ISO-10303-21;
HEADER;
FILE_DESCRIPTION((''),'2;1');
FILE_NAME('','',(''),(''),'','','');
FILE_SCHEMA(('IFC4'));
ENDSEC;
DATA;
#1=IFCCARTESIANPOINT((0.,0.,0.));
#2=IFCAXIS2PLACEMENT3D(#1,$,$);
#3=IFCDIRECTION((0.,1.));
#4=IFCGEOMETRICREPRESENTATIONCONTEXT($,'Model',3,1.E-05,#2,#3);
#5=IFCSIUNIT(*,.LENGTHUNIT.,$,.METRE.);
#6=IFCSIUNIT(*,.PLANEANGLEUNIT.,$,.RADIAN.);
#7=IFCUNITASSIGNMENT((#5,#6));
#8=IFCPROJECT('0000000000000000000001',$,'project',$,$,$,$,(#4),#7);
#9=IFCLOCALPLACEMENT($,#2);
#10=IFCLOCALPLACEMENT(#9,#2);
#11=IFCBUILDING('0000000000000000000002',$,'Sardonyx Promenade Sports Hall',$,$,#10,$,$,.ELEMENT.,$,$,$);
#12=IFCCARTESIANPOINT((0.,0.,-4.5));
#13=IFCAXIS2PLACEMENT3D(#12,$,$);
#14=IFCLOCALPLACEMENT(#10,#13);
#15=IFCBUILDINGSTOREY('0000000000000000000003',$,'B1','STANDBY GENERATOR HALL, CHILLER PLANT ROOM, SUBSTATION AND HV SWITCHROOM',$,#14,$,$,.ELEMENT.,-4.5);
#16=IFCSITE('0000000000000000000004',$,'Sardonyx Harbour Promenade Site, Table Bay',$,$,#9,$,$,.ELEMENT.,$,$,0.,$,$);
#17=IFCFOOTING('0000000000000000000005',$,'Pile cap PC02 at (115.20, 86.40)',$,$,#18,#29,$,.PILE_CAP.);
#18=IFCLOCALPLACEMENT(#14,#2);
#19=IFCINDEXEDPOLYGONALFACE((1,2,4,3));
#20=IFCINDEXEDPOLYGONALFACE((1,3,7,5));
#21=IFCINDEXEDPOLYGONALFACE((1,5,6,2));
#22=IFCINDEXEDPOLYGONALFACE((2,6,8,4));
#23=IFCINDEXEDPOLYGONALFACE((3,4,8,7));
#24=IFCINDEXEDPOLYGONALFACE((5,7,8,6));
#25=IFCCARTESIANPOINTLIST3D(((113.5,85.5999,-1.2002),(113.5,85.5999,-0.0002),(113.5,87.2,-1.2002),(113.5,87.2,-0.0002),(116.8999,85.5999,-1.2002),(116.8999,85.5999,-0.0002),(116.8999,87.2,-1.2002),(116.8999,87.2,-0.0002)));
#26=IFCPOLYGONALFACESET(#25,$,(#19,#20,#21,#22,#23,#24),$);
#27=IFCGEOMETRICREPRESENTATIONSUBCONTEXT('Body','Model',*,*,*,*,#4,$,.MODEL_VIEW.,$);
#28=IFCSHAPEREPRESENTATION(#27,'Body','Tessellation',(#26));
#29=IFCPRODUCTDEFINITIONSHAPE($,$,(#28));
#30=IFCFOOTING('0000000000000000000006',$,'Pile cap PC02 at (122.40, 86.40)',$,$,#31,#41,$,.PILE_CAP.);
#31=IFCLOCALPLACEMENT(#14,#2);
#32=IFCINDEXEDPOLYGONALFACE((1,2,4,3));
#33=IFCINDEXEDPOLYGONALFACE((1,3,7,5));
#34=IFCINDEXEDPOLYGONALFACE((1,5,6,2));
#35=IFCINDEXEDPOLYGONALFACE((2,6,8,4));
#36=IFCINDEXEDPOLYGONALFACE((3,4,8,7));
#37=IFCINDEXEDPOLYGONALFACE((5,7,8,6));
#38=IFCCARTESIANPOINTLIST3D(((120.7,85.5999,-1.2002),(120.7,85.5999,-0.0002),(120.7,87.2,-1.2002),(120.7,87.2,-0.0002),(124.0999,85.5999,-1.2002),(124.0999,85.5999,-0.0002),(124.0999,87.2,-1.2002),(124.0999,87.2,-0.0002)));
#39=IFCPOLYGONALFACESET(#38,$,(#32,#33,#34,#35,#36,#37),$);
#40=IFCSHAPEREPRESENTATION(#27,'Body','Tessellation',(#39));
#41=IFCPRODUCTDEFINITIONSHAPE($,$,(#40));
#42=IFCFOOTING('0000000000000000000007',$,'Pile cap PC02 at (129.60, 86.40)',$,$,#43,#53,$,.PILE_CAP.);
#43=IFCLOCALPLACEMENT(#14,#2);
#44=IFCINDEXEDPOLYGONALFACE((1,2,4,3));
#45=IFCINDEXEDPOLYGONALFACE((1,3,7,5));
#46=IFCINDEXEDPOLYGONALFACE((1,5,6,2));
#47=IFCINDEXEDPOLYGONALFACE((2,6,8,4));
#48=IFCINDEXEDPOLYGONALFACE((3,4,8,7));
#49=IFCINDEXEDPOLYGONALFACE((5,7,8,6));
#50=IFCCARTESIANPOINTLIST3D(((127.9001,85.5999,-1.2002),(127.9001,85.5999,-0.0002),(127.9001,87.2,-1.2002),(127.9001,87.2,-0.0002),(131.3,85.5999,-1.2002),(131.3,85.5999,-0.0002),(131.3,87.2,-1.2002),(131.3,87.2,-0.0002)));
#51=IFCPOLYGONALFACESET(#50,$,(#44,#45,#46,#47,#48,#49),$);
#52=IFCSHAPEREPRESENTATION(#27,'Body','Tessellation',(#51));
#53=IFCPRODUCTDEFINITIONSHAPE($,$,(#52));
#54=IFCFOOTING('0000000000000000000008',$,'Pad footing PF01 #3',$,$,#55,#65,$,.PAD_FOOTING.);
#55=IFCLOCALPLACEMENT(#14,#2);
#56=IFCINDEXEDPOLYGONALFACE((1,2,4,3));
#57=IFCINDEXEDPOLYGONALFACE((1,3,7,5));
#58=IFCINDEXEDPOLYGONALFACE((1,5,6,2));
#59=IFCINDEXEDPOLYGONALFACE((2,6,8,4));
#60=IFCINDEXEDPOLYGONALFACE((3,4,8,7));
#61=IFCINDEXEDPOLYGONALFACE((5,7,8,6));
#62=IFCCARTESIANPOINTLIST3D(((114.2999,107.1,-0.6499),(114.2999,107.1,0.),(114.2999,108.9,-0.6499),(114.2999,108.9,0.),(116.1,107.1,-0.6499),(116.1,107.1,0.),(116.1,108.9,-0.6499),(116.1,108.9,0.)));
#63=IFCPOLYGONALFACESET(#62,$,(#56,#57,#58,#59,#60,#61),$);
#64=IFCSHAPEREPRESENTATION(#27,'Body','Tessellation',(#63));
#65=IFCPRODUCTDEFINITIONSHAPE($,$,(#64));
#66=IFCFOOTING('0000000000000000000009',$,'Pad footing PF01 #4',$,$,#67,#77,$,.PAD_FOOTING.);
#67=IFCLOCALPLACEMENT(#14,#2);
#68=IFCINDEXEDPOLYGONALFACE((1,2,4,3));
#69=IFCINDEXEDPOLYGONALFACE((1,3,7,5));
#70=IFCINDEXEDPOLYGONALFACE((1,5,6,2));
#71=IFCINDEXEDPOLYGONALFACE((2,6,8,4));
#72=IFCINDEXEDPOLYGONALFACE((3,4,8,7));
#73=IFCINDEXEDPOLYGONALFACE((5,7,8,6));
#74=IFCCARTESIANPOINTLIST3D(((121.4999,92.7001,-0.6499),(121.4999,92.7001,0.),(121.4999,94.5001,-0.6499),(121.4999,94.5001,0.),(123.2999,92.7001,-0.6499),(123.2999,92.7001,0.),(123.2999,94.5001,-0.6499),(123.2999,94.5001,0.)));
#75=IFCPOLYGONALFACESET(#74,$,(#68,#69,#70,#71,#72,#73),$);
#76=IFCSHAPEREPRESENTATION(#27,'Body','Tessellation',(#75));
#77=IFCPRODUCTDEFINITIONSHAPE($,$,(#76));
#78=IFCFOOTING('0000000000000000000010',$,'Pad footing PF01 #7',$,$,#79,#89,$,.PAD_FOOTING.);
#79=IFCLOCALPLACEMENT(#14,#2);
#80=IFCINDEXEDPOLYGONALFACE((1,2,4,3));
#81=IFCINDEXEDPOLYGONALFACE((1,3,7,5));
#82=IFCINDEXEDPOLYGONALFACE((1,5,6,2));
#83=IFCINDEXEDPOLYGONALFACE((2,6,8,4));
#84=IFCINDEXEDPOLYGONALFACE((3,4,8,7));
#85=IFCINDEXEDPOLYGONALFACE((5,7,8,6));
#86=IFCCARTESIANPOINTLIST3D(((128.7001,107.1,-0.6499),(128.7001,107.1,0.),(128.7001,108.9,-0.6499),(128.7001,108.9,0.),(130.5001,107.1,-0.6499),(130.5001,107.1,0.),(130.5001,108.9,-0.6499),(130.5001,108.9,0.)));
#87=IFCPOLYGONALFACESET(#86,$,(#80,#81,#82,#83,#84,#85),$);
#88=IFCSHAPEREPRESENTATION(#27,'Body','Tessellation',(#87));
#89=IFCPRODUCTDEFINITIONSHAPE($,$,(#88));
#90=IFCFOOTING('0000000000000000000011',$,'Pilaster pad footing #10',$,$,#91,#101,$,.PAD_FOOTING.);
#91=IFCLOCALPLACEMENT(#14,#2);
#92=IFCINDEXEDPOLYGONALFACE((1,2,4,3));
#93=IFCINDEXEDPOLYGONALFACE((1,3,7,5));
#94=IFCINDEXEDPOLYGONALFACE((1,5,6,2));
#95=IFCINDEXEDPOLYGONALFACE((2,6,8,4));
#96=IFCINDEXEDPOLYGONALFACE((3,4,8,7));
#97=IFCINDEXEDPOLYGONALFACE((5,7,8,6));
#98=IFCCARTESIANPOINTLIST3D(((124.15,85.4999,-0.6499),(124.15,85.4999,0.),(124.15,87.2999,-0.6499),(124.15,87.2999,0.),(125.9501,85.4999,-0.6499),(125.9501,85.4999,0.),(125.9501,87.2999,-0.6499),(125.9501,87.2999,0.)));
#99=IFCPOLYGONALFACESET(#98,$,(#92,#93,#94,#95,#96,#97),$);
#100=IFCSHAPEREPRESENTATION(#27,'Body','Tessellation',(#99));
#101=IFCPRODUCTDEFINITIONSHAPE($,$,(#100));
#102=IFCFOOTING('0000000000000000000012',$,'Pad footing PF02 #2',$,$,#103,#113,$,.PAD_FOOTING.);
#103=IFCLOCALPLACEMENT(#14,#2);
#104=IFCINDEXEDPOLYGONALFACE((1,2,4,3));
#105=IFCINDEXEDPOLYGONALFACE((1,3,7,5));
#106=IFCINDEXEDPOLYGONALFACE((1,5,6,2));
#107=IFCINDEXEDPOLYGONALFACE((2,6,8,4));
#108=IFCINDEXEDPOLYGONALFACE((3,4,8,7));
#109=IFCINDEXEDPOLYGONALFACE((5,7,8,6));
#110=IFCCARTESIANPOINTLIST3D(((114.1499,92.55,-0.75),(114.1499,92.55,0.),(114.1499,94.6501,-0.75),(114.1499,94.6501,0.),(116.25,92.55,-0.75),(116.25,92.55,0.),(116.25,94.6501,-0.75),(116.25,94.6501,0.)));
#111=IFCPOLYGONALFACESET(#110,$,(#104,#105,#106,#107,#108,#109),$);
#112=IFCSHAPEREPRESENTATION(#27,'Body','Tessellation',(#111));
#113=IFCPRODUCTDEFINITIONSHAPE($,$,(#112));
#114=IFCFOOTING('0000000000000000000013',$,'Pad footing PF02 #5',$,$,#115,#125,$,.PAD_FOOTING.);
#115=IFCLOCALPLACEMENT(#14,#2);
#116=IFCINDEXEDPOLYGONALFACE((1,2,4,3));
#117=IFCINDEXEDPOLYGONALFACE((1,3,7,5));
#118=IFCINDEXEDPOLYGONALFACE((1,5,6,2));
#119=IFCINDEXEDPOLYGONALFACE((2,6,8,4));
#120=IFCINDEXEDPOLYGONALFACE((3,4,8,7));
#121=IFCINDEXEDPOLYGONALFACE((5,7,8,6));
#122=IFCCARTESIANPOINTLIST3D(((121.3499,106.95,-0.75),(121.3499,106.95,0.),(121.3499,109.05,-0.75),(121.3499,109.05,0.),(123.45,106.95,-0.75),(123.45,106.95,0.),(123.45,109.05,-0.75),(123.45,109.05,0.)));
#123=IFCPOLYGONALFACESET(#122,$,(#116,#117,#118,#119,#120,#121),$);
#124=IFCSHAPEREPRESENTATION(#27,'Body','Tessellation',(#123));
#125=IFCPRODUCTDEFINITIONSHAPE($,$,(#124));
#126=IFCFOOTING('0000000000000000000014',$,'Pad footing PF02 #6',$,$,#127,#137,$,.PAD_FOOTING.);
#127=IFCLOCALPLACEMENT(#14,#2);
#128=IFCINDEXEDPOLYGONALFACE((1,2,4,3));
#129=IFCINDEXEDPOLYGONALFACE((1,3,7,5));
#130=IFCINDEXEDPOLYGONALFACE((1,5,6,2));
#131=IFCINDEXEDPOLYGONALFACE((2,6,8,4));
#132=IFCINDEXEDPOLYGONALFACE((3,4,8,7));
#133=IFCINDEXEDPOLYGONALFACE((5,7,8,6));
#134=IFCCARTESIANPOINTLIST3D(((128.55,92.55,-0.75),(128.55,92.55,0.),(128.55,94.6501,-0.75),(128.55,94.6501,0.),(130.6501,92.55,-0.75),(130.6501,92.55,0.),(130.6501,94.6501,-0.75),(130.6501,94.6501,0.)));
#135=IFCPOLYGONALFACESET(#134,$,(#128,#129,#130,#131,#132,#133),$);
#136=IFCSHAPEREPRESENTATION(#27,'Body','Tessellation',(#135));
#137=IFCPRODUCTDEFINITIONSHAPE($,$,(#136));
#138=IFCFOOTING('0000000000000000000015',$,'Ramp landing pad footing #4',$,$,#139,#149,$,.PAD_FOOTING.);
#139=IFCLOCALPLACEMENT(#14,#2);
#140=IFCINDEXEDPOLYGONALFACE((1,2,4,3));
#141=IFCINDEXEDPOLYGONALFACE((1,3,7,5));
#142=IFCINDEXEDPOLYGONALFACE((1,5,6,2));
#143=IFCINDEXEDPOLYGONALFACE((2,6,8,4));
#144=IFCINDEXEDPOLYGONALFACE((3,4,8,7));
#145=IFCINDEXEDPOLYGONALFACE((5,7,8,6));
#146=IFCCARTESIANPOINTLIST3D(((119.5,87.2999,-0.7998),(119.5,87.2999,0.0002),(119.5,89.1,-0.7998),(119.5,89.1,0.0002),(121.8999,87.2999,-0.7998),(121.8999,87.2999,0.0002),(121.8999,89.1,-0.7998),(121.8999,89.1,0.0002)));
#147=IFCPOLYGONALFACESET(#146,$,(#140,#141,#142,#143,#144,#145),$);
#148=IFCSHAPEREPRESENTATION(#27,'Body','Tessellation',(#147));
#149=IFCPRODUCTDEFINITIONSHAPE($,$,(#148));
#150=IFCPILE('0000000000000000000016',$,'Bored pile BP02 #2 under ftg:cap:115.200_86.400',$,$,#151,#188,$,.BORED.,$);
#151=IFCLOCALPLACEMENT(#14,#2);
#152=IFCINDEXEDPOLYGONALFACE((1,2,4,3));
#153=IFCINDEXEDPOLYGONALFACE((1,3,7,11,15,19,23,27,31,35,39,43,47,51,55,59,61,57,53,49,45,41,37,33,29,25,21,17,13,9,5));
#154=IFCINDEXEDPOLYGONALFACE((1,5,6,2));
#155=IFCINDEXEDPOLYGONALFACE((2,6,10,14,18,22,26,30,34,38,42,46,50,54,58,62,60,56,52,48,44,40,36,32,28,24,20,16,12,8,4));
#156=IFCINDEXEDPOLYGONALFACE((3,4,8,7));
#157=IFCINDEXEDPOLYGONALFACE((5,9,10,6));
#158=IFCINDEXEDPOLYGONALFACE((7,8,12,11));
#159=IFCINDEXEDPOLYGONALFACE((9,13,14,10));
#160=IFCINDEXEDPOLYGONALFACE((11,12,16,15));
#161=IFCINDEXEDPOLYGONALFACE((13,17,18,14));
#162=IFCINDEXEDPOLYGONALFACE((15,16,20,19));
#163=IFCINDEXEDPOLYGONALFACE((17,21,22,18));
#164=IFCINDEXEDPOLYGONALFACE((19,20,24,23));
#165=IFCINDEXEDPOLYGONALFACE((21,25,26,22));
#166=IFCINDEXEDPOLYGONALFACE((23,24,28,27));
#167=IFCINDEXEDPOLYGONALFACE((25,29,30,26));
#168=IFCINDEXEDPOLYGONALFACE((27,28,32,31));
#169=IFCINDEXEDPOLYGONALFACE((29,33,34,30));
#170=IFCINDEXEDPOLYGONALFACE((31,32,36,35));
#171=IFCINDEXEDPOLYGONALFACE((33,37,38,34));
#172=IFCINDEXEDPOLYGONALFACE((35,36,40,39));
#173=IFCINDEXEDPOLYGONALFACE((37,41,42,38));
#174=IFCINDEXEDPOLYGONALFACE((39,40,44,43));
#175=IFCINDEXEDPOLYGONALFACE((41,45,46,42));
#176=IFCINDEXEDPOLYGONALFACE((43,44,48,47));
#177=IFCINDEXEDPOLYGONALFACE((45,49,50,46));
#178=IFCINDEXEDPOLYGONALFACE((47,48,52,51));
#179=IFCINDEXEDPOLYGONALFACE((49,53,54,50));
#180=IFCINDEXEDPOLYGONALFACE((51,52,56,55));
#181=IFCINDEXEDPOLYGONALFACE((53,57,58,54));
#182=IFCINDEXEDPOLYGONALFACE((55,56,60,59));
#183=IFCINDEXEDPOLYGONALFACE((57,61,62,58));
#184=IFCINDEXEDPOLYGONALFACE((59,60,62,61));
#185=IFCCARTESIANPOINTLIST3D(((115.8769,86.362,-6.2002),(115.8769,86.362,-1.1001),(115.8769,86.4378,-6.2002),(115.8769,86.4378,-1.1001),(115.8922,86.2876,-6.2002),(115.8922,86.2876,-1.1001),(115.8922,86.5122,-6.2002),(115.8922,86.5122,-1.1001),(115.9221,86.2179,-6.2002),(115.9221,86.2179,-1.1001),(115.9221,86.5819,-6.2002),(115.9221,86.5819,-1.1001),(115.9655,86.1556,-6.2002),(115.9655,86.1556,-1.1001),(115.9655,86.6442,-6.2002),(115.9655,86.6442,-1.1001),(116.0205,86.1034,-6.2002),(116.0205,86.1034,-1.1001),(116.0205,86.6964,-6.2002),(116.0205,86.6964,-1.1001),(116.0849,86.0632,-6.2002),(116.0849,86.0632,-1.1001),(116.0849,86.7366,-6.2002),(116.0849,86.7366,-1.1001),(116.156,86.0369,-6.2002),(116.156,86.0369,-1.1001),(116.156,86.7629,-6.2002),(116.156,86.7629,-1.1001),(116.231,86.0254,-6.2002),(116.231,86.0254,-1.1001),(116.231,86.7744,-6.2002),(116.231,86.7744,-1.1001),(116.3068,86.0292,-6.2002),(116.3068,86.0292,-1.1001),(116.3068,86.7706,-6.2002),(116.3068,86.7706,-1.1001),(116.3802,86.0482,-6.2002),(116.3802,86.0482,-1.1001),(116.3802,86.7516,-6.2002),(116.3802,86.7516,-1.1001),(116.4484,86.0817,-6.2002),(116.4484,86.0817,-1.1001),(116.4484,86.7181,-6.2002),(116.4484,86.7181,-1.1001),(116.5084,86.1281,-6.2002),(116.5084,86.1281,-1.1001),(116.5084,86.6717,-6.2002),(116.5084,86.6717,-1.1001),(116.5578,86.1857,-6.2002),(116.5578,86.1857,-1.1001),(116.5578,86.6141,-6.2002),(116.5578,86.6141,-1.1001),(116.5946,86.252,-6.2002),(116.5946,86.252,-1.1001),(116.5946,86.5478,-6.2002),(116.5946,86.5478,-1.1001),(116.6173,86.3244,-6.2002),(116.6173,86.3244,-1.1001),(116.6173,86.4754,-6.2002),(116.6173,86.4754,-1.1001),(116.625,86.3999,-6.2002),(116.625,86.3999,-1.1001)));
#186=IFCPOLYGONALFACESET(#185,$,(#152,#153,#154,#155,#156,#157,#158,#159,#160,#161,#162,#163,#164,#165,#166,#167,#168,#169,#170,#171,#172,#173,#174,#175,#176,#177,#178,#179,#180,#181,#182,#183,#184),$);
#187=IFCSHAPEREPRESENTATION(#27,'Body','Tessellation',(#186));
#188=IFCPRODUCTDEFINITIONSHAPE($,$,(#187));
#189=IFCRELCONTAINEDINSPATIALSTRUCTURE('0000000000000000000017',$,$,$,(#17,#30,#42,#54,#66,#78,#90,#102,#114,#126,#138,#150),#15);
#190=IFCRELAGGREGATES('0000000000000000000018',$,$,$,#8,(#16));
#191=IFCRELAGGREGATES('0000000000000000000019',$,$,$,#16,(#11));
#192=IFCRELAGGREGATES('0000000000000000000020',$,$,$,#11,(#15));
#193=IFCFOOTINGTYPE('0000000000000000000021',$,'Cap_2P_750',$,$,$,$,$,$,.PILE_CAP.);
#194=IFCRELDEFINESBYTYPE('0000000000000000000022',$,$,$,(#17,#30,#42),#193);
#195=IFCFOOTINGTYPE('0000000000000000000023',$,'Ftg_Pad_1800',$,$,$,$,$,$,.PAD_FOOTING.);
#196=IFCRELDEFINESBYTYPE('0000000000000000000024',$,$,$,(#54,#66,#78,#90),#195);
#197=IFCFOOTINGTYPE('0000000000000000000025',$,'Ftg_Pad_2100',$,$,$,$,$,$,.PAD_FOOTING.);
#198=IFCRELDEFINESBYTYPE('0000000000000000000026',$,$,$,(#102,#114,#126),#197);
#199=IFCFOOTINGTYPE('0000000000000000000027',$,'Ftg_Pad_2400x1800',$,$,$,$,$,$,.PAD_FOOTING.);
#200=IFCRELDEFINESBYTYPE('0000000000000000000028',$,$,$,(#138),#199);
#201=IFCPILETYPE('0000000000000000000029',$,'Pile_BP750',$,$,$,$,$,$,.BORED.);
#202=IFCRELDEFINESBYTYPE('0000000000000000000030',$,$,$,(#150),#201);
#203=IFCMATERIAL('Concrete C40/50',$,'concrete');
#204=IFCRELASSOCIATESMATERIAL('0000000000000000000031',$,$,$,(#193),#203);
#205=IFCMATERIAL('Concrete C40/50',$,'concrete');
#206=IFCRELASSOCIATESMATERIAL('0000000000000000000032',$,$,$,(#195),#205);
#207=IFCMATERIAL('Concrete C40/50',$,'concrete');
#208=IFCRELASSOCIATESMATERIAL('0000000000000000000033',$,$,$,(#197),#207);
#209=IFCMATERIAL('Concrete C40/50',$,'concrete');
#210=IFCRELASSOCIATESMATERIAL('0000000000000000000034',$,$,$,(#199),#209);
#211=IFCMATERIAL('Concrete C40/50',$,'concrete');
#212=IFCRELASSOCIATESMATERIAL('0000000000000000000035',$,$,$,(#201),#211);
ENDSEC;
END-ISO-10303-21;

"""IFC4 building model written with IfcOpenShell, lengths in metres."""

from ifc_helpers import new_model, si_unit, direction, frame, origin, origin_2d, place, context, subcontext, project, spatial, rectangle, circle, extrude, material, material_profile, profile_set, type_object, element, save


model = new_model("IFC4")

# Units and contexts
model_context = context("Model", 3, precision=1e-05, world=origin(), true_north=direction((0.0, 1.0)))
body_context = subcontext(model_context, "Body", "Model", "MODEL_VIEW")
ifc_project = project(units=[si_unit("LENGTHUNIT", "METRE"), si_unit("PLANEANGLEUNIT", "RADIAN")], contexts=[model_context])

# Site, building, storey
site_placement = place(None, origin())
site = spatial("IfcSite", under=ifc_project, at=site_placement, Name="Sardonyx Harbour Promenade Site, Table Bay", CompositionType="ELEMENT", RefElevation=0.0)
building_placement = place(site_placement, origin())
building = spatial("IfcBuilding", under=site, at=building_placement, Name="Sardonyx Promenade Sports Hall", CompositionType="ELEMENT")
storey_placement = place(building_placement, frame((0.0, 0.0, -4.5)))
storey = spatial("IfcBuildingStorey", under=building, at=storey_placement, Name="B1", Description="STANDBY GENERATOR HALL, CHILLER PLANT ROOM, SUBSTATION AND HV SWITCHROOM", CompositionType="ELEMENT", Elevation=-4.5)

# Footings
ifc_material_1 = material(Name="Concrete C40/50", Category="concrete")
footing_type_1 = type_object("IfcFootingType", Name="Cap_2P_750", PredefinedType="PILE_CAP", material=ifc_material_1)
for number, where, z_axis, x_axis, name in (
    (1, (115.2, 86.3999, -1.2002), (0.0, 0.0, 1.0), (1.0, 0.0, 0.0), "Pile cap PC02 at (115.20, 86.40)"),
    (2, (122.3999, 86.3999, -1.2002), (0.0, 0.0, 1.0), (1.0, 0.0, 0.0), "Pile cap PC02 at (122.40, 86.40)"),
    (3, (129.6001, 86.3999, -1.2002), (0.0, 0.0, 1.0), (1.0, 0.0, 0.0), "Pile cap PC02 at (129.60, 86.40)"),
):
    element("IfcFooting", number, at=place(storey_placement, frame(where, z_axis=z_axis, x_axis=x_axis)), inside=storey, type_object=footing_type_1, Name=name, PredefinedType="PILE_CAP", context=body_context, shape_type="SweptSolid", body=[
        extrude(rectangle(XDim=3.3999, YDim=1.6001, at=origin_2d()), origin(), (0.0, 0.0, 1.0), 1.2),
    ])
ifc_material_2 = material(Name="Concrete C40/50", Category="concrete")
footing_type_2 = type_object("IfcFootingType", Name="Ftg_Pad_1800", PredefinedType="PAD_FOOTING", material=ifc_material_2)
for number, where, z_axis, x_axis, name in (
    (4, (115.2, 108.0, -0.6499), (0.0, 0.0, 1.0), (1.0, 0.0, 0.0), "Pad footing PF01 #3"),
    (5, (122.3999, 93.6001, -0.6499), (0.0, 0.0, 1.0), (1.0, 0.0, 0.0), "Pad footing PF01 #4"),
    (6, (129.6001, 108.0, -0.6499), (0.0, 0.0, 1.0), (1.0, 0.0, 0.0), "Pad footing PF01 #7"),
    (7, (125.05, 86.3999, -0.6499), (0.0, 0.0, 1.0), (1.0, 0.0, 0.0), "Pilaster pad footing #10"),
):
    element("IfcFooting", number, at=place(storey_placement, frame(where, z_axis=z_axis, x_axis=x_axis)), inside=storey, type_object=footing_type_2, Name=name, PredefinedType="PAD_FOOTING", context=body_context, shape_type="SweptSolid", body=[
        extrude(rectangle(XDim=1.8, YDim=1.8, at=origin_2d()), origin(), (0.0, 0.0, 1.0), 0.6499),
    ])
ifc_material_3 = material(Name="Concrete C40/50", Category="concrete")
footing_type_3 = type_object("IfcFootingType", Name="Ftg_Pad_2100", PredefinedType="PAD_FOOTING", material=ifc_material_3)
for number, where, z_axis, x_axis, name in (
    (8, (115.2, 93.6001, -0.75), (0.0, 0.0, 1.0), (1.0, 0.0, 0.0), "Pad footing PF02 #2"),
    (9, (122.3999, 108.0, -0.75), (0.0, 0.0, 1.0), (1.0, 0.0, 0.0), "Pad footing PF02 #5"),
    (10, (129.6001, 93.6001, -0.75), (0.0, 0.0, 1.0), (1.0, 0.0, 0.0), "Pad footing PF02 #6"),
):
    element("IfcFooting", number, at=place(storey_placement, frame(where, z_axis=z_axis, x_axis=x_axis)), inside=storey, type_object=footing_type_3, Name=name, PredefinedType="PAD_FOOTING", context=body_context, shape_type="SweptSolid", body=[
        extrude(rectangle(XDim=2.1001, YDim=2.1001, at=origin_2d()), origin(), (0.0, 0.0, 1.0), 0.75),
    ])
ifc_material_4 = material(Name="Concrete C40/50", Category="concrete")
footing_type_4 = type_object("IfcFootingType", Name="Ftg_Pad_2400x1800", PredefinedType="PAD_FOOTING", material=ifc_material_4)
footing_placement = place(storey_placement, frame((120.7, 88.2, -0.7998), z_axis=(0.0, 0.0, 1.0), x_axis=(1.0, 0.0, 0.0)))
element("IfcFooting", 11, at=footing_placement, inside=storey, type_object=footing_type_4, Name="Ramp landing pad footing #4", PredefinedType="PAD_FOOTING", context=body_context, shape_type="SweptSolid", body=[
    extrude(rectangle(XDim=2.3999, YDim=1.8, at=origin_2d()), origin(), (0.0, 0.0, 1.0), 0.8),
])

# Pile
ifc_material_5 = material(Name="Concrete C40/50", Category="concrete")
ifc_material_profile_1 = material_profile(ifc_material_5, circle(Radius=0.375, at=origin_2d()))
ifc_profile_set_1 = profile_set([ifc_material_profile_1], Name="Concrete C40/50")
pile_type = type_object("IfcPileType", Name="Pile_BP750", PredefinedType="BORED", material=ifc_profile_set_1)
for number, where, z_axis, x_axis, name in (
    (12, (116.25, 86.3999, -1.1001), (0.0, 0.0, -1.0), (1.0, 0.0, 0.0), "Bored pile BP02 #2 under ftg:cap:115.200_86.400"),
):
    element("IfcPile", number, at=place(storey_placement, frame(where, z_axis=z_axis, x_axis=x_axis)), inside=storey, type_object=pile_type, Name=name, PredefinedType="BORED", context=body_context, shape_type="SweptSolid", body=[
        extrude(circle(Radius=0.375, at=origin_2d()), origin(), (0.0, 0.0, 1.0), 5.1001),
    ])

save(model, "model.ifc")
